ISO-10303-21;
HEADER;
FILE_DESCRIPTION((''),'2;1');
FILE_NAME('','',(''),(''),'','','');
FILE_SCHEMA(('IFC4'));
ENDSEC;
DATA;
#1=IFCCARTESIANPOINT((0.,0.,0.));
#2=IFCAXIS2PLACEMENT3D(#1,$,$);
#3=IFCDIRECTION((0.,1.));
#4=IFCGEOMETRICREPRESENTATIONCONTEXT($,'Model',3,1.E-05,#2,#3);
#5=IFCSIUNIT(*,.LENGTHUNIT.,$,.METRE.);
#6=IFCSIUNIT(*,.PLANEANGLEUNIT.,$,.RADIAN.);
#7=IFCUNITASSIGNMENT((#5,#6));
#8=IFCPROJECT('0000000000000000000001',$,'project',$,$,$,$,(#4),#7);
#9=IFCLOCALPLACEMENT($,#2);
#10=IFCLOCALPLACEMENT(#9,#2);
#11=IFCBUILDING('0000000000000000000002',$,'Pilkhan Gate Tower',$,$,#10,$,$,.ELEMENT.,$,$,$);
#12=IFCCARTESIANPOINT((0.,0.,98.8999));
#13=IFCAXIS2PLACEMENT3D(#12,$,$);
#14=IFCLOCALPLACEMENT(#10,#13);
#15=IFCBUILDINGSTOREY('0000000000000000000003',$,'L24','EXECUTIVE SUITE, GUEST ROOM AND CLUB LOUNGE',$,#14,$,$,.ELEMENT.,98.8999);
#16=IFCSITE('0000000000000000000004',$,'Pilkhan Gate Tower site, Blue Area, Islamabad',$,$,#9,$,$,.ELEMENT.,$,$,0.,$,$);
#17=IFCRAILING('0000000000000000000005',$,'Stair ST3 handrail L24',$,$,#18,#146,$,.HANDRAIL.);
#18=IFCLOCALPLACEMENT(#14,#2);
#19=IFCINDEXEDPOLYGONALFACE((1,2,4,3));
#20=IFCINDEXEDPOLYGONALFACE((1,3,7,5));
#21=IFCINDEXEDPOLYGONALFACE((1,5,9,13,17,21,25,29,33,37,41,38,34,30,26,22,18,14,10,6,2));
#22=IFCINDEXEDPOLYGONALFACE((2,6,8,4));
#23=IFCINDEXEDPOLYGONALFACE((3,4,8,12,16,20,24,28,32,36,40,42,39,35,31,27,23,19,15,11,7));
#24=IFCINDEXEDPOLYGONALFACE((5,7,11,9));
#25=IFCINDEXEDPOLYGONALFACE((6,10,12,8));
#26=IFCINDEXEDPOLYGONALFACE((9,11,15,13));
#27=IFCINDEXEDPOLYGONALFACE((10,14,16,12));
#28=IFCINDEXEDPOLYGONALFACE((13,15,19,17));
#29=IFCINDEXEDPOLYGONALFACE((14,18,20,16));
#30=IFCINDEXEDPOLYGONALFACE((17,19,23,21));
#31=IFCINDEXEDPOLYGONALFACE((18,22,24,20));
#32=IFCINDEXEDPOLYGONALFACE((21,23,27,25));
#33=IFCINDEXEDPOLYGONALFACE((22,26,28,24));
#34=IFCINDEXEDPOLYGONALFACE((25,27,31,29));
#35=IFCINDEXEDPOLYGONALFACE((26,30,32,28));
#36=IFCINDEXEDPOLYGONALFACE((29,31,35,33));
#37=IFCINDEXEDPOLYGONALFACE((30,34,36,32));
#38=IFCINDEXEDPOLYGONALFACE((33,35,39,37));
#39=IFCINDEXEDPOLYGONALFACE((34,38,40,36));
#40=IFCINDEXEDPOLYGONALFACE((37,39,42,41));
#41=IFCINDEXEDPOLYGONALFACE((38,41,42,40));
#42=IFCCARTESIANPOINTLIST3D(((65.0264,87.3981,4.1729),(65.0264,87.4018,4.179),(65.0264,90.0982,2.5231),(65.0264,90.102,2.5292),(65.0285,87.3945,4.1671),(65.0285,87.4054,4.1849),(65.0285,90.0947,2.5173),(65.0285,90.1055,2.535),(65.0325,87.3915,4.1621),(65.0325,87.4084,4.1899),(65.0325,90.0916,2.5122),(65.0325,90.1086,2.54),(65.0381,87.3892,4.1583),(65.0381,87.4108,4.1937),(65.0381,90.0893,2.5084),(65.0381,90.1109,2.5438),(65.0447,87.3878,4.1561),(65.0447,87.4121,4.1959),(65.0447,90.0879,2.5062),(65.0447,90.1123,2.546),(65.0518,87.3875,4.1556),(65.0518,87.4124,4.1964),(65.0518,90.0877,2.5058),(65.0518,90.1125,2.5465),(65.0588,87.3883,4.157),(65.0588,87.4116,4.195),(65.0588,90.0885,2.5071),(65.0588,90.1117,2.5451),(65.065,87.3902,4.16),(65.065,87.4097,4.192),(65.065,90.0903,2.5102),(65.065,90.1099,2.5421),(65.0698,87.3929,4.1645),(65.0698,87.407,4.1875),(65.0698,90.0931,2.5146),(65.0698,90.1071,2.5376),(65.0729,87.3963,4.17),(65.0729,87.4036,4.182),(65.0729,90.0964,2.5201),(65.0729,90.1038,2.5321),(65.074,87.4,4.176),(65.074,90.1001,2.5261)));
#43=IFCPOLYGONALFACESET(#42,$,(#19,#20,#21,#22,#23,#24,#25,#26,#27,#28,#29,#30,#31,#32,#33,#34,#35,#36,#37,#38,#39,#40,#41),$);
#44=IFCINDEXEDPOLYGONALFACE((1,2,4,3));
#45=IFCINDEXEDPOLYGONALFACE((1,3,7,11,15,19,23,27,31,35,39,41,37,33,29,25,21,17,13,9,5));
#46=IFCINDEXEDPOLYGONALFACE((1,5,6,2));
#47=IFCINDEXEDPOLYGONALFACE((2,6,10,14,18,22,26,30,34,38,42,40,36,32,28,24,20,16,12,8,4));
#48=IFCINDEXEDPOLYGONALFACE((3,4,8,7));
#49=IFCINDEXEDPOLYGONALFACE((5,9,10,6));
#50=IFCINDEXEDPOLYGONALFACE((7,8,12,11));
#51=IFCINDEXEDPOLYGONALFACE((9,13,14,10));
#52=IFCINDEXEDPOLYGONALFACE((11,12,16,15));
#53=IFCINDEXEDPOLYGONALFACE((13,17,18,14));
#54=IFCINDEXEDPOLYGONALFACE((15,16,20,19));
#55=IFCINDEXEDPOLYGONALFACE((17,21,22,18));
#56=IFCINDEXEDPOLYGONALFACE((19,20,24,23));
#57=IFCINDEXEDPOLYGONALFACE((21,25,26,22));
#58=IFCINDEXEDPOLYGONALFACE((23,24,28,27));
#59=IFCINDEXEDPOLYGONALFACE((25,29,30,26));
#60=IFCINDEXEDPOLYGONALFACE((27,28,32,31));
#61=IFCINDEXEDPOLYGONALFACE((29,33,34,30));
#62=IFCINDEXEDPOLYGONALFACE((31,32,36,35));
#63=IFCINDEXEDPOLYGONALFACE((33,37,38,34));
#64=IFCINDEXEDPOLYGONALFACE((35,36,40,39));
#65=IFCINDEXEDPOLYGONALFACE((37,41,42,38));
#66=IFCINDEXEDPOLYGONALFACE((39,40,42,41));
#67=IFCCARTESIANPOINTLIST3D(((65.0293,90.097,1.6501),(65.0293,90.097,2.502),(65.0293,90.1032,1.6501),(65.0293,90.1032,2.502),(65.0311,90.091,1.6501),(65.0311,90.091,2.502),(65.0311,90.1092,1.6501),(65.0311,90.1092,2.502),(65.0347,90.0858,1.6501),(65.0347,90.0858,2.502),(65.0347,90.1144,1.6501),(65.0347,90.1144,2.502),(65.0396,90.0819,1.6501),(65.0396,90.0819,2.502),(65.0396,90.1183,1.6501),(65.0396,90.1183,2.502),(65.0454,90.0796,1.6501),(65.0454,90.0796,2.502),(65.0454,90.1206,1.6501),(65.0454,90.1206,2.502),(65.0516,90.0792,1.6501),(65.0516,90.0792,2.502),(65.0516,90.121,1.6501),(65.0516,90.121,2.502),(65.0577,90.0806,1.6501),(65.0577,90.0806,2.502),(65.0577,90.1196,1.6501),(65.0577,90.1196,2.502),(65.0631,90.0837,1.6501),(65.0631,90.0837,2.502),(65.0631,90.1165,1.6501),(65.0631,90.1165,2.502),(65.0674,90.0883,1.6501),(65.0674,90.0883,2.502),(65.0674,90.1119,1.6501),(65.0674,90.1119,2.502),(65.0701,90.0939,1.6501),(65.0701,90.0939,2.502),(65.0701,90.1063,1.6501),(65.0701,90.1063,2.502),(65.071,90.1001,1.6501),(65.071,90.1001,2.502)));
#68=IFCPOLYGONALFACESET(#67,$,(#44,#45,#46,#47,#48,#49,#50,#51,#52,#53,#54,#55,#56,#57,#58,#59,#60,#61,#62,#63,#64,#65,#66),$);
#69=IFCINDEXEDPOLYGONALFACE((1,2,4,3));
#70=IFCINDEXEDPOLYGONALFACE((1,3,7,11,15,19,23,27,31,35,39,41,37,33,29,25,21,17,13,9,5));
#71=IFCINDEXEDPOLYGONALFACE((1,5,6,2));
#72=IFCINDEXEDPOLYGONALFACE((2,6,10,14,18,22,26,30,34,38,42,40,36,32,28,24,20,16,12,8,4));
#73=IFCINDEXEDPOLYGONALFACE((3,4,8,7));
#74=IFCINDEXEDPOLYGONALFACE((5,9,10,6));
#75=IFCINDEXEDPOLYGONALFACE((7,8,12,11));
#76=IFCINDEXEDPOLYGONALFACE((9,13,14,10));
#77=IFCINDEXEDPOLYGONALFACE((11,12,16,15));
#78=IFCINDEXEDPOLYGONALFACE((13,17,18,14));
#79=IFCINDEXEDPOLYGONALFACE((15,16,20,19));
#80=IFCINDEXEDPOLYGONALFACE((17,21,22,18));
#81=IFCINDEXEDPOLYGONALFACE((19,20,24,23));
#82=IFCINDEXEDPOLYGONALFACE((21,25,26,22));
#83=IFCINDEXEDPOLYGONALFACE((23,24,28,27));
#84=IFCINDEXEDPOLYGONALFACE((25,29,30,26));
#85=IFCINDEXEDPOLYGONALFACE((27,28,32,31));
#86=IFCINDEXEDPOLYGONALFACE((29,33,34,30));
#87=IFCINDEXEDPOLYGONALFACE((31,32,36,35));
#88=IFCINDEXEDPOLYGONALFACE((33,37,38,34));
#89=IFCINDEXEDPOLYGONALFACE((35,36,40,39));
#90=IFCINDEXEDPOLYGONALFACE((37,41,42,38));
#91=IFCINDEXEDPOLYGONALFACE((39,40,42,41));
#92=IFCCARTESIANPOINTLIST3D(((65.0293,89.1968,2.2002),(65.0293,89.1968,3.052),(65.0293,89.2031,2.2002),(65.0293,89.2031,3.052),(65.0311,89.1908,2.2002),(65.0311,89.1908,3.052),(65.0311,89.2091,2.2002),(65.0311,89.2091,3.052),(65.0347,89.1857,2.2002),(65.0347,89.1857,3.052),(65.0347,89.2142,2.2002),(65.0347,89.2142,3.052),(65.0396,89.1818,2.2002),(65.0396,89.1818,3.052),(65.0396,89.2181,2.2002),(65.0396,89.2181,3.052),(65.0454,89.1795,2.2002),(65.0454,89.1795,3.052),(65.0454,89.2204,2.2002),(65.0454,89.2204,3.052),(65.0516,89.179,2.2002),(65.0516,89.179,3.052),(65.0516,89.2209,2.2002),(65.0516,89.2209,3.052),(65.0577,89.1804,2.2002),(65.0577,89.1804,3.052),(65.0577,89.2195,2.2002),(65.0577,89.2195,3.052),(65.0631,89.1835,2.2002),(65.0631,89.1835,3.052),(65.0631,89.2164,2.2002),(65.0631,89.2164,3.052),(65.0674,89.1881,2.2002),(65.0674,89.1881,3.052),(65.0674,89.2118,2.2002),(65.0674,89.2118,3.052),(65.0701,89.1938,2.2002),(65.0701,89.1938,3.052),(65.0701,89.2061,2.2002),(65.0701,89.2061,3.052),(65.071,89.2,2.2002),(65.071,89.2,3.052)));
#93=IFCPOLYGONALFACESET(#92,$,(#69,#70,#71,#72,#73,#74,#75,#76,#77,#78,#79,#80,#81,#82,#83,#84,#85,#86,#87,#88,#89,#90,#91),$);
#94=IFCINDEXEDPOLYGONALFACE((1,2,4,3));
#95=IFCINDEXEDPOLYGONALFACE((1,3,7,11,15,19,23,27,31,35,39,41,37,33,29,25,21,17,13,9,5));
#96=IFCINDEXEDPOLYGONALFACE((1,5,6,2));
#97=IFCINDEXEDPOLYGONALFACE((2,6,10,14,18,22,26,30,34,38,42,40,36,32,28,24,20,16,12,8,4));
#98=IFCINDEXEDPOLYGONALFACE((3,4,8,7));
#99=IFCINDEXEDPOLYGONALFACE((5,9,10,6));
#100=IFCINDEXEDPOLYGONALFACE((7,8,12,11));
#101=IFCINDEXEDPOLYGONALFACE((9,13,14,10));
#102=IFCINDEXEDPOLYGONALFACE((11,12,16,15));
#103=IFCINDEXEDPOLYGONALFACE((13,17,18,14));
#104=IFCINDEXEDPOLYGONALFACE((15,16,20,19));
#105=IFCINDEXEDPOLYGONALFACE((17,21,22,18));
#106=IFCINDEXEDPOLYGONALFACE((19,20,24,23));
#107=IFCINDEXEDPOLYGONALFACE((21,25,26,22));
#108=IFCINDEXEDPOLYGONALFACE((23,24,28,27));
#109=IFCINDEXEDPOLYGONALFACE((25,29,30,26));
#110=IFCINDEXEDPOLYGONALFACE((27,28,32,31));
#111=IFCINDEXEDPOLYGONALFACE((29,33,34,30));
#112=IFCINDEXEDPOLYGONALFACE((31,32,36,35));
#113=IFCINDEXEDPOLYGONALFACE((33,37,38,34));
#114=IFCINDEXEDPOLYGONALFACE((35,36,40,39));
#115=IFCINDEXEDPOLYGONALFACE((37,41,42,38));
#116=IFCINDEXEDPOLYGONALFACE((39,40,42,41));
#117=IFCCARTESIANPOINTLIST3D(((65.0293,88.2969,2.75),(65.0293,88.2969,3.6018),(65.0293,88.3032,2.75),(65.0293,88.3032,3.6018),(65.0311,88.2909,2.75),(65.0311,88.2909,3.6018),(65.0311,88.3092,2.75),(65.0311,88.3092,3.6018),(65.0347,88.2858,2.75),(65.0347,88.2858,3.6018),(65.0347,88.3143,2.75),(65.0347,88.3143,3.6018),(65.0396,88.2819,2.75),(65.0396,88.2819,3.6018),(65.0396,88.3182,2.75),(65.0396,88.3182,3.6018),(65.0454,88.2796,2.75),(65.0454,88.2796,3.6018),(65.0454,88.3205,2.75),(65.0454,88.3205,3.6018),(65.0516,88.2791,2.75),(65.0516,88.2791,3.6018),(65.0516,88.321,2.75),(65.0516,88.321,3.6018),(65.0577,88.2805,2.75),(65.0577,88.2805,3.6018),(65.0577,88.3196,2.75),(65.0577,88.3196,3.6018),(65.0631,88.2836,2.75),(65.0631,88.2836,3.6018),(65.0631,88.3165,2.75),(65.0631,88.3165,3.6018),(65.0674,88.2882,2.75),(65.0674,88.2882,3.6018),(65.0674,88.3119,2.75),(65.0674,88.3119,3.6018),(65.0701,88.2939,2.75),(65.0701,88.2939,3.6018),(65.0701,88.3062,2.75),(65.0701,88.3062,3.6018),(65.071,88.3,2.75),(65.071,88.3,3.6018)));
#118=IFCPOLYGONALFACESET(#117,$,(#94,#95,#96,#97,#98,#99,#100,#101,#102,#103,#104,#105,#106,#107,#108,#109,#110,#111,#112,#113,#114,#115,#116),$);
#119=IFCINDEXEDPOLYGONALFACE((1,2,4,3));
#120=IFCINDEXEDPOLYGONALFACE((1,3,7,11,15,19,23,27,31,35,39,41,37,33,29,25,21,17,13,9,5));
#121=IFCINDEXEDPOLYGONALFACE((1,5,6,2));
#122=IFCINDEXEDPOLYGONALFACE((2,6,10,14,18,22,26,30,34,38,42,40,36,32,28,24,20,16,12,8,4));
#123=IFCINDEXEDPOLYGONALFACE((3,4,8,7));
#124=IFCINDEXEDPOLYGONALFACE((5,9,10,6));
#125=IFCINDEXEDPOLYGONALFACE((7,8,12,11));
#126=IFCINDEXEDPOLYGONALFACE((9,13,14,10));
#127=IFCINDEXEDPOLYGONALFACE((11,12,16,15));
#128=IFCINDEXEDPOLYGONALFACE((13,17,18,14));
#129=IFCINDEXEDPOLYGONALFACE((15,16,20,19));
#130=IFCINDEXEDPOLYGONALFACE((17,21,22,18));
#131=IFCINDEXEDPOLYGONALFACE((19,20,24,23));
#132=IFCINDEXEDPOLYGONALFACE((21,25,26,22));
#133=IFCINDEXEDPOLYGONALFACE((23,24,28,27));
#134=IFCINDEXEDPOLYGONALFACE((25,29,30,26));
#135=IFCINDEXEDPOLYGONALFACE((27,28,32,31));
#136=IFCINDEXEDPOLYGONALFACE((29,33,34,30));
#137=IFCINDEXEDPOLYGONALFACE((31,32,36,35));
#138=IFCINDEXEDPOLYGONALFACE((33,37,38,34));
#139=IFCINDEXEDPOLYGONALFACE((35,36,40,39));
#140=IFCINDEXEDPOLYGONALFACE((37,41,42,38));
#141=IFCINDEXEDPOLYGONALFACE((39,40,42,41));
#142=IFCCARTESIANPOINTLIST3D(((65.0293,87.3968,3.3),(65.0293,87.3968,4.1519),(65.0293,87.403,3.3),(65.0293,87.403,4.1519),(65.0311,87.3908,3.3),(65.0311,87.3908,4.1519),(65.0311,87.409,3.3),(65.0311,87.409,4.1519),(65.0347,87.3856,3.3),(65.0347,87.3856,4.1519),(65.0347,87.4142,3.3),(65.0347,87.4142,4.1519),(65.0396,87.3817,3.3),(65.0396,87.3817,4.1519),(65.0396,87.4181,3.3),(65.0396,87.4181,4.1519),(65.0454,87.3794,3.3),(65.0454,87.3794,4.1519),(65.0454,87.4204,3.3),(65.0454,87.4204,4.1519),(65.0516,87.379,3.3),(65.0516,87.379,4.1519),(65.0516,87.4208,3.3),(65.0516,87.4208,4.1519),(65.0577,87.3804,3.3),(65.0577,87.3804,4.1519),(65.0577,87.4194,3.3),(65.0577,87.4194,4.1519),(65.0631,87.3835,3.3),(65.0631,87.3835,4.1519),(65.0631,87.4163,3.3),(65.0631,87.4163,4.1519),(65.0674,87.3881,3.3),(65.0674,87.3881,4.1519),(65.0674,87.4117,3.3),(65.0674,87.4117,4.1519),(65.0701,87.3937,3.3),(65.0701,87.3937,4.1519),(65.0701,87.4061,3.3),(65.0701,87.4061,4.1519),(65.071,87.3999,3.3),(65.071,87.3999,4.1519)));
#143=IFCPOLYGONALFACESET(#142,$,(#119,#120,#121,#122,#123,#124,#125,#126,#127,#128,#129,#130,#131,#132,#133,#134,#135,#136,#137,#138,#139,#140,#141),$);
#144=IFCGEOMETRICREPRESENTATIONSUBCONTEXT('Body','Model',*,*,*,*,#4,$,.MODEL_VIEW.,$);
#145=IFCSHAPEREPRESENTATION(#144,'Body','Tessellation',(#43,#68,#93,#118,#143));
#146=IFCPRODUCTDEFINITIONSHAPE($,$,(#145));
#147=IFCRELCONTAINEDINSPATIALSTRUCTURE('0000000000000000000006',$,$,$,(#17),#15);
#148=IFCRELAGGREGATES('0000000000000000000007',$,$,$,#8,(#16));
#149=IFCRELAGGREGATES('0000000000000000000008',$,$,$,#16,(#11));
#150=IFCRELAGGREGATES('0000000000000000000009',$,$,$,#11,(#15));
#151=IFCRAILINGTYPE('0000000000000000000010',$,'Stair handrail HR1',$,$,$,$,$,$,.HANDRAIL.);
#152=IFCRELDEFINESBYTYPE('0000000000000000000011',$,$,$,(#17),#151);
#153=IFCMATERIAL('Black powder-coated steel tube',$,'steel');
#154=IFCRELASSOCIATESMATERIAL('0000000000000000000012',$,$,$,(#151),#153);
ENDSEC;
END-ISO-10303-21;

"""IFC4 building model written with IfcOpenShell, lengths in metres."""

from ifc_helpers import new_model, si_unit, direction, frame, origin, origin_2d, place, context, subcontext, project, spatial, circle, extrude, material, type_object, element, save


model = new_model("IFC4")

# Units and contexts
model_context = context("Model", 3, precision=1e-05, world=origin(), true_north=direction((0.0, 1.0)))
body_context = subcontext(model_context, "Body", "Model", "MODEL_VIEW")
ifc_project = project(units=[si_unit("LENGTHUNIT", "METRE"), si_unit("PLANEANGLEUNIT", "RADIAN")], contexts=[model_context])

# Site, building, storey
site_placement = place(None, origin())
site = spatial("IfcSite", under=ifc_project, at=site_placement, Name="Pilkhan Gate Tower site, Blue Area, Islamabad", CompositionType="ELEMENT", RefElevation=0.0)
building_placement = place(site_placement, origin())
building = spatial("IfcBuilding", under=site, at=building_placement, Name="Pilkhan Gate Tower", CompositionType="ELEMENT")
storey_placement = place(building_placement, frame((0.0, 0.0, 98.8999)))
storey = spatial("IfcBuildingStorey", under=building, at=storey_placement, Name="L24", Description="EXECUTIVE SUITE, GUEST ROOM AND CLUB LOUNGE", CompositionType="ELEMENT", Elevation=98.8999)

# Railing
ifc_material_1 = material(Name="Black powder-coated steel tube", Category="steel")
railing_type_1 = type_object("IfcRailingType", Name="Stair handrail HR1", PredefinedType="HANDRAIL", material=ifc_material_1)
railing_1_placement = place(storey_placement, frame((65.05, 90.1001, 1.6501)))
element("IfcRailing", 1, at=railing_1_placement, inside=storey, type_object=railing_type_1, Name="Stair ST3 handrail L24", PredefinedType="HANDRAIL", context=body_context, shape_type="SweptSolid", body=[
    extrude(circle(Radius=0.0239, at=origin_2d()), frame((0.0, 0.0, 0.876), z_axis=(0.0, -0.853312, 0.5214), x_axis=(1.0, 0.0, 0.0)), (0.0, 0.0, 1.0), 3.1643),
    extrude(circle(Radius=0.021, at=origin_2d()), origin(), (0.0, 0.0, 1.0), 0.8518),
    extrude(circle(Radius=0.021, at=origin_2d()), frame((0.0, -0.9001, 0.55)), (0.0, 0.0, 1.0), 0.8518),
    extrude(circle(Radius=0.021, at=origin_2d()), frame((0.0, -1.8, 1.0999)), (0.0, 0.0, 1.0), 0.8518),
    extrude(circle(Radius=0.021, at=origin_2d()), frame((0.0, -2.7002, 1.6499)), (0.0, 0.0, 1.0), 0.8518),
])

save(model, "model.ifc")
